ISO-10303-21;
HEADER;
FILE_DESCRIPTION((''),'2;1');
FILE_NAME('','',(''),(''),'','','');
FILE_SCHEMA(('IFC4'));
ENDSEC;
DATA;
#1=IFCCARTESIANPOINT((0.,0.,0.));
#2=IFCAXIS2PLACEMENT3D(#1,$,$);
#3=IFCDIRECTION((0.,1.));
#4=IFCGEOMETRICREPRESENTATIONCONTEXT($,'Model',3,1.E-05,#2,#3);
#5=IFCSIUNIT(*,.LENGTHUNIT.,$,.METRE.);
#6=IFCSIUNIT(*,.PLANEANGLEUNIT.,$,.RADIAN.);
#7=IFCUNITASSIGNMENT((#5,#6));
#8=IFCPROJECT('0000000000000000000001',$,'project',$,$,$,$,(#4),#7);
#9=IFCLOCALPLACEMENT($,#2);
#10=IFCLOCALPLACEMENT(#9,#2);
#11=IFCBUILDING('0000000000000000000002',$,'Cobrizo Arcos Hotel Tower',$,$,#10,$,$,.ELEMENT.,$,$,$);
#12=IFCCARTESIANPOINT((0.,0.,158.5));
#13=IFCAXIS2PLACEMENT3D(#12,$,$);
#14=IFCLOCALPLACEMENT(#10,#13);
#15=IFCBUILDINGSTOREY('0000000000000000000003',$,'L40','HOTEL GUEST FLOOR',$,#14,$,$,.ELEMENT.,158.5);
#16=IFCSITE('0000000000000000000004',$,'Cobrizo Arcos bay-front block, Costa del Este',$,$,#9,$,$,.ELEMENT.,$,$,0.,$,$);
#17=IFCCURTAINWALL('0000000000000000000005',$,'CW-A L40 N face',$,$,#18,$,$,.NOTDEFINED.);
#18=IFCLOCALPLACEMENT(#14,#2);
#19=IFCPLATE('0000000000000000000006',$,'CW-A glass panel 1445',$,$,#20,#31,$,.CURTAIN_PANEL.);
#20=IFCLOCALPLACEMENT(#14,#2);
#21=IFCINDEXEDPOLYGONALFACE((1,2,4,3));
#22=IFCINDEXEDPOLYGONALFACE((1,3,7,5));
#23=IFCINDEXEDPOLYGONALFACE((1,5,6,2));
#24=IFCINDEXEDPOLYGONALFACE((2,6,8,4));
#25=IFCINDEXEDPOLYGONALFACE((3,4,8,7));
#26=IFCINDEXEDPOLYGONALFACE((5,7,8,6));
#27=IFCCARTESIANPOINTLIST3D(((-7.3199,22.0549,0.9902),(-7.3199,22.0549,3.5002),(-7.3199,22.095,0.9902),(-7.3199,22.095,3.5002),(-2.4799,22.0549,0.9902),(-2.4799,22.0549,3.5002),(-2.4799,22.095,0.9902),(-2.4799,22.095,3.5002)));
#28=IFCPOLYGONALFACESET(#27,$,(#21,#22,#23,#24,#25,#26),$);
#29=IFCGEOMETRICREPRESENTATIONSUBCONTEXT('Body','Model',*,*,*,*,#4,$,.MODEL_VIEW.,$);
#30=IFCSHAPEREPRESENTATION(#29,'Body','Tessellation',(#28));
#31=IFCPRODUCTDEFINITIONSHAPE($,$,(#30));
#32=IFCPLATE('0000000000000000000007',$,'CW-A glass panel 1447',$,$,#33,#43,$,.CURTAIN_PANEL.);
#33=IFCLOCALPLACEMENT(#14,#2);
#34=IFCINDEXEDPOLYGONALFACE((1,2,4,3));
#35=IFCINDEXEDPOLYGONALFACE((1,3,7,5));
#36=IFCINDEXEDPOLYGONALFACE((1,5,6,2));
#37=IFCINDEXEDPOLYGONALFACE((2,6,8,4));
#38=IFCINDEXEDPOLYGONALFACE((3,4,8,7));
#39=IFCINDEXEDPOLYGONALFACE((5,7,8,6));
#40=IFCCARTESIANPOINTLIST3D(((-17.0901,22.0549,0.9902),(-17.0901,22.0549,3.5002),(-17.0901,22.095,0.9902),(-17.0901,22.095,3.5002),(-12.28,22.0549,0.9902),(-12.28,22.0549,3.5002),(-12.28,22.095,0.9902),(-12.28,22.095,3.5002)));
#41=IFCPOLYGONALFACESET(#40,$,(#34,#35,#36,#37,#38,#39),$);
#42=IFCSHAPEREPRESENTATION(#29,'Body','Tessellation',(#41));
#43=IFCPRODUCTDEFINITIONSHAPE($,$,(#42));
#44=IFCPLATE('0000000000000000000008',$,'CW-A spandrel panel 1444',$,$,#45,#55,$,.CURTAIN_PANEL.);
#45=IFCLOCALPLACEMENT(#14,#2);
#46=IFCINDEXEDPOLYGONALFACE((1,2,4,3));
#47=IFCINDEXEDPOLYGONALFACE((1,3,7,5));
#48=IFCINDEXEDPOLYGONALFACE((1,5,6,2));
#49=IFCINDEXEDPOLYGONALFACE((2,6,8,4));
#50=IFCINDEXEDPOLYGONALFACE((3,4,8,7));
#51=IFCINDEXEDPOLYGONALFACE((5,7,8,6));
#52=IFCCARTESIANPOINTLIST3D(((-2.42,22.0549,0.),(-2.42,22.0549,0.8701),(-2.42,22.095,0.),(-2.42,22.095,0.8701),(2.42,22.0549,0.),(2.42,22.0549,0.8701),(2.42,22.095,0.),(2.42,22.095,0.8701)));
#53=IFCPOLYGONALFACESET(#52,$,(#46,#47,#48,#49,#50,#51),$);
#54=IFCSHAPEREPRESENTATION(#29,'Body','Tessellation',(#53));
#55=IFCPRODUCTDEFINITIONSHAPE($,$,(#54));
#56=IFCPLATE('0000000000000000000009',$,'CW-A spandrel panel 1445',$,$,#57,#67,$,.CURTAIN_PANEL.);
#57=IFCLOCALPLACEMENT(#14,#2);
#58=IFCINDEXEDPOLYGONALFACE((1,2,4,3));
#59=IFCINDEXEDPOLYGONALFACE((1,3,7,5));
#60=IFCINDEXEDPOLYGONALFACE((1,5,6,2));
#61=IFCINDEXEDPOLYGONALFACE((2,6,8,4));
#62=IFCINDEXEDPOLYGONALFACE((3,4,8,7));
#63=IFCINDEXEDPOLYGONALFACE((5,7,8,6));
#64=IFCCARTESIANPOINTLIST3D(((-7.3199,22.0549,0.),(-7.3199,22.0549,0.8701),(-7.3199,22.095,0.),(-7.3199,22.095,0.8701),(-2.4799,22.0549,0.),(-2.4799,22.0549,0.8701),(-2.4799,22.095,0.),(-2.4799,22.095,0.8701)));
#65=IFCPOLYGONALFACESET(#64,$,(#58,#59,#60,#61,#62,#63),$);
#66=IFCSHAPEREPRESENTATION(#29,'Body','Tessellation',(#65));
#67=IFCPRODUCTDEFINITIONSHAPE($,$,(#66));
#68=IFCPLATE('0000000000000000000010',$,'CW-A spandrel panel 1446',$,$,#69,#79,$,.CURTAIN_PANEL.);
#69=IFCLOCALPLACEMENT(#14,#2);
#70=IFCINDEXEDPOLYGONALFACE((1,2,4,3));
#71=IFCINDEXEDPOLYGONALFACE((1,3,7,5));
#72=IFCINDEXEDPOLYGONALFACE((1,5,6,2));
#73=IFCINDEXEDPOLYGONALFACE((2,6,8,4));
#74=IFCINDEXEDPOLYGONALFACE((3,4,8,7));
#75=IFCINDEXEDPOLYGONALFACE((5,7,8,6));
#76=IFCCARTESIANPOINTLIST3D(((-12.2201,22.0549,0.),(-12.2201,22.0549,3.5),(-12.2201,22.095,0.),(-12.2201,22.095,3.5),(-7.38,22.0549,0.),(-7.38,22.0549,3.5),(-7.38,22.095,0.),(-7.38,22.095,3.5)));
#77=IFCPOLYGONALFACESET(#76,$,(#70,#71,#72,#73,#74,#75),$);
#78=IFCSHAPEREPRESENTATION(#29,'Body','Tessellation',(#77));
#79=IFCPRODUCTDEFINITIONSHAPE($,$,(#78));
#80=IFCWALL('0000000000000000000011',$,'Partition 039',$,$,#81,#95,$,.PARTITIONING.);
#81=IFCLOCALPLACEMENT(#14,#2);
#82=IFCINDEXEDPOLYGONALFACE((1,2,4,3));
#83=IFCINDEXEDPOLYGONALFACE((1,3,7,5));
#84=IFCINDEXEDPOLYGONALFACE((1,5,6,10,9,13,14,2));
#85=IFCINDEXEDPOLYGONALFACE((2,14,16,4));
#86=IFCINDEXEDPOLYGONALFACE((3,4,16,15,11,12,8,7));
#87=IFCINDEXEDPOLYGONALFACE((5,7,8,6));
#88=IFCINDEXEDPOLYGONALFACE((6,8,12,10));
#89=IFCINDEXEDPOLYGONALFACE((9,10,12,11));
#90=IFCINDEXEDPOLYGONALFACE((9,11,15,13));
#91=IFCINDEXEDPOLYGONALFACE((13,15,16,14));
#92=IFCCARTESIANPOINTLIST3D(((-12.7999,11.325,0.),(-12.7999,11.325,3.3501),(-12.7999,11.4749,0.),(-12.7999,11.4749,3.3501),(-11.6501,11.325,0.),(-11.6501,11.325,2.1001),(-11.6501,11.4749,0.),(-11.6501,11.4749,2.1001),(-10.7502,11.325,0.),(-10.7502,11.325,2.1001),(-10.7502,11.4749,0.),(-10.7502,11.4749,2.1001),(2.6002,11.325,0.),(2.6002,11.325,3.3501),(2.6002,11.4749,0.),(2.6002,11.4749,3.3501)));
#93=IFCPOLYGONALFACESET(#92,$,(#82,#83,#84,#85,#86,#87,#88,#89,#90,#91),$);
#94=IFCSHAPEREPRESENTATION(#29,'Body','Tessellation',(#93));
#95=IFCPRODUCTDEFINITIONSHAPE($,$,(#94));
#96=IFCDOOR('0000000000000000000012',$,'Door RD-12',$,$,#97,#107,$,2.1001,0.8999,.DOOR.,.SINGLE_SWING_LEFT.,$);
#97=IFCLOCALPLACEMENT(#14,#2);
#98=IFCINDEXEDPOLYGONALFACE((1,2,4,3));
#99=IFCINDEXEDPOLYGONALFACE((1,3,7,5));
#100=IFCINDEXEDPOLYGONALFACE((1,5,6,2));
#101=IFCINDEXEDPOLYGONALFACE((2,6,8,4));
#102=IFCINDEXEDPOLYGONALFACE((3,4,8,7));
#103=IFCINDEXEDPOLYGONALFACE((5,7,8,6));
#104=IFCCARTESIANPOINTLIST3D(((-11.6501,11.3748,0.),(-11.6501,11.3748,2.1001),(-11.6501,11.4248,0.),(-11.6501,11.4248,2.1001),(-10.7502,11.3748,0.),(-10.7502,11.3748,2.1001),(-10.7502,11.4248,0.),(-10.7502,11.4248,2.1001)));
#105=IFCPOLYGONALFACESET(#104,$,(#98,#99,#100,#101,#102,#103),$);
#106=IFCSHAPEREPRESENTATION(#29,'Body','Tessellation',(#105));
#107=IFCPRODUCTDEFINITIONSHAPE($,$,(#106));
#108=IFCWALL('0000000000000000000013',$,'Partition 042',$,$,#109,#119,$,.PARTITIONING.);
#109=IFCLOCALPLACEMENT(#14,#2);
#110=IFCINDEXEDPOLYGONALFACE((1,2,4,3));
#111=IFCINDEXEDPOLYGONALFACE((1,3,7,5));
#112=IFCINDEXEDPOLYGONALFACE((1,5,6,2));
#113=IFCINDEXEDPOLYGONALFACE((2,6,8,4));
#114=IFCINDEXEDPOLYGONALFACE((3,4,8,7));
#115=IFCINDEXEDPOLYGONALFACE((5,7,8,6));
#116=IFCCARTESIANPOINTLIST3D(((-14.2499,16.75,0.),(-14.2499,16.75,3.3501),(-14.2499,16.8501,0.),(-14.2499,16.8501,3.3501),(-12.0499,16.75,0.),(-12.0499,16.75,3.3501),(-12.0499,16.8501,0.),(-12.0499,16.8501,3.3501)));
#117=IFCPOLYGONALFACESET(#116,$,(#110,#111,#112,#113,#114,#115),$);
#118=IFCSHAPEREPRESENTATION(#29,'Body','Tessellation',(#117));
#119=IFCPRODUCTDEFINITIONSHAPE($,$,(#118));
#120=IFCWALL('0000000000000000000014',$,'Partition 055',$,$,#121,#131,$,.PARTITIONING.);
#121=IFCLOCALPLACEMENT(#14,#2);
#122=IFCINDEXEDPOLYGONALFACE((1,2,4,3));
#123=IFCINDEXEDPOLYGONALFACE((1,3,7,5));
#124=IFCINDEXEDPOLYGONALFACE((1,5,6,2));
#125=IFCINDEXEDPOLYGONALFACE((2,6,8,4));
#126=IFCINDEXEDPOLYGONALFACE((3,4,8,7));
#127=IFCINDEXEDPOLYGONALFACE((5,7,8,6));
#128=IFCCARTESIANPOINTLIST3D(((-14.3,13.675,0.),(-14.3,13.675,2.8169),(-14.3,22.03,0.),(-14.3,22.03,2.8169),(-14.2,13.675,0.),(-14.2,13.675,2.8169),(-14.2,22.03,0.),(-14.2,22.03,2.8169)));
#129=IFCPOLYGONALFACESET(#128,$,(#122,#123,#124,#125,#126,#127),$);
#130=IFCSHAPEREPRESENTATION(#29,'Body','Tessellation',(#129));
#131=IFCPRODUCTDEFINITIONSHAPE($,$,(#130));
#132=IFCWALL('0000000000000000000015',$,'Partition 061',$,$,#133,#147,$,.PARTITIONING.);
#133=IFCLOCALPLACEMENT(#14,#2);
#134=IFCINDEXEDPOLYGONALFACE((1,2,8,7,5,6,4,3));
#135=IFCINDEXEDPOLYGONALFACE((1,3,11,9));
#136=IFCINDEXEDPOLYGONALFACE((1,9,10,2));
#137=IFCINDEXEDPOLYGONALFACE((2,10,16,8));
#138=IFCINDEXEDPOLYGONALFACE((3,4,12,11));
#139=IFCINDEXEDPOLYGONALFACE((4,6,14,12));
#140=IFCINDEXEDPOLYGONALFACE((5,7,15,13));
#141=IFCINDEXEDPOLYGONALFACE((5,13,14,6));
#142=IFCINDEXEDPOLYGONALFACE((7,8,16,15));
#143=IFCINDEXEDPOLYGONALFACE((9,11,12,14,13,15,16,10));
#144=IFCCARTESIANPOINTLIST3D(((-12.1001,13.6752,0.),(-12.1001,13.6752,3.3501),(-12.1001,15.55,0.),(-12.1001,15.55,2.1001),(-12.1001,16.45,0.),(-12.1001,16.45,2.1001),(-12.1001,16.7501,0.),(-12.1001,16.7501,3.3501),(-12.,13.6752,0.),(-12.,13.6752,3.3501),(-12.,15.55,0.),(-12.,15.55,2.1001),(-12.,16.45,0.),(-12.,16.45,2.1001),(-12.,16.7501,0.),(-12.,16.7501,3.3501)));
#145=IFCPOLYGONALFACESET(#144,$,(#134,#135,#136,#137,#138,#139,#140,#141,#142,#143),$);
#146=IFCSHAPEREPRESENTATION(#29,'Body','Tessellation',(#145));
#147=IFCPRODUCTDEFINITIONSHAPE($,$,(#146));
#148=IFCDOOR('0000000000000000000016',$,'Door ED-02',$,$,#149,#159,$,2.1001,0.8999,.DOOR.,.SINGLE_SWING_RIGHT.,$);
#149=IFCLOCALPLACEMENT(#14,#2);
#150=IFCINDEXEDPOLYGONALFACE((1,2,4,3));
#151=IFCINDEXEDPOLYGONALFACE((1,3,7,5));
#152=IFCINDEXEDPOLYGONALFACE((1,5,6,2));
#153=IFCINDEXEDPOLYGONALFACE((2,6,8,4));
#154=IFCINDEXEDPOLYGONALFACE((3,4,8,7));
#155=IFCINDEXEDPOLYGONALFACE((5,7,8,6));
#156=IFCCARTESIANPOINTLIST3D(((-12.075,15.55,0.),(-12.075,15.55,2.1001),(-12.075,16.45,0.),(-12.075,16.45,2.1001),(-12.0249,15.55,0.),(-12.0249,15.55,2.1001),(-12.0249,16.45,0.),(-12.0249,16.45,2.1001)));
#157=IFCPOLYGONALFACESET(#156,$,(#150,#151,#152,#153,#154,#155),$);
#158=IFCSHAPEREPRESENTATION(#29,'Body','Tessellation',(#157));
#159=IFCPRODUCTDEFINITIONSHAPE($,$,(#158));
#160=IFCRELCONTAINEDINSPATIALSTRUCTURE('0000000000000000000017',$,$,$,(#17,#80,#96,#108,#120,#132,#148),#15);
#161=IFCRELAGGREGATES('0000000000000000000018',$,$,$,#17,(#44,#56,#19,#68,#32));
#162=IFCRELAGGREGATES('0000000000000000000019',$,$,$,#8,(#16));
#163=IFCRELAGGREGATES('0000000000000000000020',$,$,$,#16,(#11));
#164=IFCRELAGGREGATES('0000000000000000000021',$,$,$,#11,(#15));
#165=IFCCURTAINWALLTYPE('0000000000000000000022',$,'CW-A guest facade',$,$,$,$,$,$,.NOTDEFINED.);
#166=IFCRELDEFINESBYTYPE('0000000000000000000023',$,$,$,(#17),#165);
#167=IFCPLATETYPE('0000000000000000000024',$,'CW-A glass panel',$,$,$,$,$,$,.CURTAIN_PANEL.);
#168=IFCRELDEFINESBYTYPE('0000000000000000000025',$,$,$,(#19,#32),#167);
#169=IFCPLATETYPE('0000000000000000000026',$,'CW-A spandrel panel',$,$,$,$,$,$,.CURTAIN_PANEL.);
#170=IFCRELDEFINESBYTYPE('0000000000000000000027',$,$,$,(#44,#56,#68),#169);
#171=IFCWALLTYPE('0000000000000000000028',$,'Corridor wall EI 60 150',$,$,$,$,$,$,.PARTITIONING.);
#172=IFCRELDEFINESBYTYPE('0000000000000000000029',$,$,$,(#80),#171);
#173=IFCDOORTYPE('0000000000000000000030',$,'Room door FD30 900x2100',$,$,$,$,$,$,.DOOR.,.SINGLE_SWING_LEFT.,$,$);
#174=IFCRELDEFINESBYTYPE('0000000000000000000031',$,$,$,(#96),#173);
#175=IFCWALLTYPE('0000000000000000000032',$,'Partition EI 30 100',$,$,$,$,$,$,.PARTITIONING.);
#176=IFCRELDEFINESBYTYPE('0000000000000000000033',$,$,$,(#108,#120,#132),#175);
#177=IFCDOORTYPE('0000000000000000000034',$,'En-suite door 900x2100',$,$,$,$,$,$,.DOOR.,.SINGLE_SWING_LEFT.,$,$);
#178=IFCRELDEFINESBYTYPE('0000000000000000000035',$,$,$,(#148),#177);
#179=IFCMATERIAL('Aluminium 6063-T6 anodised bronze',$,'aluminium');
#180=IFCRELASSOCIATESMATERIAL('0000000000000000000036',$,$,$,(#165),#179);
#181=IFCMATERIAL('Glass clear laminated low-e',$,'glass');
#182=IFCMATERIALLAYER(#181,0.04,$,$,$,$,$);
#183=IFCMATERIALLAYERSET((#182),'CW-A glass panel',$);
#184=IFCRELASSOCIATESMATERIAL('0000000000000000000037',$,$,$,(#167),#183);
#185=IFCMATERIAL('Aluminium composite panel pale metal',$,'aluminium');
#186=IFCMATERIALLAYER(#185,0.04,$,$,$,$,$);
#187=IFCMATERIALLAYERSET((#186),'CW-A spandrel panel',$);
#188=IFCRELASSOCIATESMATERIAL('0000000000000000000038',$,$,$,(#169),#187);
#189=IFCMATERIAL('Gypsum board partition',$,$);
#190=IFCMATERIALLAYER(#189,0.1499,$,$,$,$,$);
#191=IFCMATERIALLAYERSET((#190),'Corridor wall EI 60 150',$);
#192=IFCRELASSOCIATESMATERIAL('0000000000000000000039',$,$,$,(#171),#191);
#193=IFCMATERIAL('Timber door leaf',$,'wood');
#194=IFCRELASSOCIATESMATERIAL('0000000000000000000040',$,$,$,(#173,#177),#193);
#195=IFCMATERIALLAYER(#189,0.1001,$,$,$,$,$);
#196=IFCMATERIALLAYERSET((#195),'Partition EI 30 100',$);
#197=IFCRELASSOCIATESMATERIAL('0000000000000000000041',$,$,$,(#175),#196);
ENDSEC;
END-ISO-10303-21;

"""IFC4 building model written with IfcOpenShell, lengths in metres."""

from ifc_helpers import new_model, si_unit, direction, frame, frame_2d, origin, origin_2d, place, context, subcontext, project, spatial, rectangle, extrude, material, layer, layer_set, type_object, element, fill, aggregate, save


model = new_model("IFC4")

# Units and contexts
model_context = context("Model", 3, precision=1e-05, world=origin(), true_north=direction((0.0, 1.0)))
body_context = subcontext(model_context, "Body", "Model", "MODEL_VIEW")
ifc_project = project(units=[si_unit("LENGTHUNIT", "METRE"), si_unit("PLANEANGLEUNIT", "RADIAN")], contexts=[model_context])

# Site, building, storey
site_placement = place(None, origin())
site = spatial("IfcSite", under=ifc_project, at=site_placement, Name="Cobrizo Arcos bay-front block, Costa del Este", CompositionType="ELEMENT", RefElevation=0.0)
building_placement = place(site_placement, origin())
building = spatial("IfcBuilding", under=site, at=building_placement, Name="Cobrizo Arcos Hotel Tower", CompositionType="ELEMENT")
storey_placement = place(building_placement, frame((0.0, 0.0, 158.5)))
storey = spatial("IfcBuildingStorey", under=building, at=storey_placement, Name="L40", Description="HOTEL GUEST FLOOR", CompositionType="ELEMENT", Elevation=158.5)

# Curtain wall
ifc_material_1 = material(Name="Aluminium 6063-T6 anodised bronze", Category="aluminium")
curtain_wall_type = type_object("IfcCurtainWallType", Name="CW-A guest facade", PredefinedType="NOTDEFINED", material=ifc_material_1)
curtain_wall_placement = place(storey_placement, origin())
curtain_wall = element("IfcCurtainWall", 1, at=curtain_wall_placement, inside=storey, type_object=curtain_wall_type, Name="CW-A L40 N face", PredefinedType="NOTDEFINED")

# Plates
ifc_material_2 = material(Name="Glass clear laminated low-e", Category="glass")
ifc_layer_1 = layer(ifc_material_2, 0.04)
ifc_layer_set_1 = layer_set([ifc_layer_1], Name="CW-A glass panel")
plate_type_1 = type_object("IfcPlateType", Name="CW-A glass panel", PredefinedType="CURTAIN_PANEL", material=ifc_layer_set_1)
plate_1_placement = place(storey_placement, frame((-4.8999, 22.075, 0.9902), z_axis=(0.0, 0.0, 1.0), x_axis=(-1.0, 0.0, 0.0)))
plate_1 = element("IfcPlate", 2, at=plate_1_placement, type_object=plate_type_1, Name="CW-A glass panel 1445", PredefinedType="CURTAIN_PANEL", context=body_context, shape_type="SweptSolid", body=[
    extrude(rectangle(XDim=4.8401, YDim=0.04, at=origin_2d()), origin(), (0.0, 0.0, 1.0), 2.51),
])
plate_2_placement = place(storey_placement, frame((-14.6851, 22.075, 0.9902), z_axis=(0.0, 0.0, 1.0), x_axis=(-1.0, 0.0, 0.0)))
plate_2 = element("IfcPlate", 3, at=plate_2_placement, type_object=plate_type_1, Name="CW-A glass panel 1447", PredefinedType="CURTAIN_PANEL", context=body_context, shape_type="SweptSolid", body=[
    extrude(rectangle(XDim=4.8101, YDim=0.04, at=origin_2d()), origin(), (0.0, 0.0, 1.0), 2.51),
])
ifc_material_3 = material(Name="Aluminium composite panel pale metal", Category="aluminium")
ifc_layer_2 = layer(ifc_material_3, 0.04)
ifc_layer_set_2 = layer_set([ifc_layer_2], Name="CW-A spandrel panel")
plate_type_2 = type_object("IfcPlateType", Name="CW-A spandrel panel", PredefinedType="CURTAIN_PANEL", material=ifc_layer_set_2)
plate_3_placement = place(storey_placement, frame((0.0, 22.075, 0.0), z_axis=(0.0, 0.0, 1.0), x_axis=(-1.0, 0.0, 0.0)))
plate_3 = element("IfcPlate", 4, at=plate_3_placement, type_object=plate_type_2, Name="CW-A spandrel panel 1444", PredefinedType="CURTAIN_PANEL", context=body_context, shape_type="SweptSolid", body=[
    extrude(rectangle(XDim=4.8401, YDim=0.04, at=origin_2d()), origin(), (0.0, 0.0, 1.0), 0.8701),
])
plate_4_placement = place(storey_placement, frame((-4.8999, 22.075, 0.0), z_axis=(0.0, 0.0, 1.0), x_axis=(-1.0, 0.0, 0.0)))
plate_4 = element("IfcPlate", 5, at=plate_4_placement, type_object=plate_type_2, Name="CW-A spandrel panel 1445", PredefinedType="CURTAIN_PANEL", context=body_context, shape_type="SweptSolid", body=[
    extrude(rectangle(XDim=4.8401, YDim=0.04, at=origin_2d()), origin(), (0.0, 0.0, 1.0), 0.8701),
])
plate_5_placement = place(storey_placement, frame((-9.8, 22.075, 0.0), z_axis=(0.0, 0.0, 1.0), x_axis=(-1.0, 0.0, 0.0)))
plate_5 = element("IfcPlate", 6, at=plate_5_placement, type_object=plate_type_2, Name="CW-A spandrel panel 1446", PredefinedType="CURTAIN_PANEL", context=body_context, shape_type="SweptSolid", body=[
    extrude(rectangle(XDim=4.8401, YDim=0.04, at=origin_2d()), origin(), (0.0, 0.0, 1.0), 3.5),
])
aggregate(curtain_wall, [plate_3, plate_4, plate_1, plate_5, plate_2])

# Wall, opening, door
ifc_material_4 = material(Name="Gypsum board partition")
ifc_layer_3 = layer(ifc_material_4, 0.1499)
ifc_layer_set_3 = layer_set([ifc_layer_3], Name="Corridor wall EI 60 150")
wall_type_1 = type_object("IfcWallType", Name="Corridor wall EI 60 150", PredefinedType="PARTITIONING", material=ifc_layer_set_3)
wall_1_placement = place(storey_placement, frame((-12.8, 11.3999, 0.0), z_axis=(0.0, 0.0, 1.0), x_axis=(1.0, 0.0, 0.0)))
wall_1 = element("IfcWall", 7, at=wall_1_placement, inside=storey, type_object=wall_type_1, Name="Partition 039", PredefinedType="PARTITIONING", context=body_context, shape_type="SweptSolid", body=[
    extrude(rectangle(XDim=15.4001, YDim=0.1499, at=frame_2d((7.7002, 0.0))), origin(), (0.0, 0.0, 1.0), 3.3501),
])
opening_1_placement = place(wall_1_placement, frame((1.1499, 0.0, 0.0)))
opening_1 = element("IfcOpeningElement", 8, at=opening_1_placement, cuts=wall_1, PredefinedType="OPENING", context=body_context, shape_type="SweptSolid", body=[
    extrude(rectangle(XDim=0.8999, YDim=2.1001, at=frame_2d((0.45, 1.05))), frame((0.0, 0.0869, 0.0), z_axis=(0.0, -1.0, 0.0), x_axis=(1.0, 0.0, 0.0)), (0.0, 0.0, 1.0), 0.1738),
])
ifc_material_5 = material(Name="Timber door leaf", Category="wood")
door_type_1 = type_object("IfcDoorType", Name="Room door FD30 900x2100", OperationType="SINGLE_SWING_LEFT", PredefinedType="DOOR", material=ifc_material_5)
door_1_placement = place(opening_1_placement, origin())
door_1 = element("IfcDoor", 9, at=door_1_placement, inside=storey, type_object=door_type_1, Name="Door RD-12", OperationType="SINGLE_SWING_LEFT", OverallHeight=2.1001, OverallWidth=0.8999, PredefinedType="DOOR", context=body_context, shape_type="SweptSolid", body=[
    extrude(rectangle(XDim=0.8999, YDim=2.1001, at=frame_2d((0.45, 1.05))), frame((0.0, 0.0249, 0.0), z_axis=(0.0, -1.0, 0.0), x_axis=(1.0, 0.0, 0.0)), (0.0, 0.0, 1.0), 0.05),
])
fill(opening_1, door_1)

# Walls
ifc_layer_4 = layer(ifc_material_4, 0.1001)
ifc_layer_set_4 = layer_set([ifc_layer_4], Name="Partition EI 30 100")
wall_type_2 = type_object("IfcWallType", Name="Partition EI 30 100", PredefinedType="PARTITIONING", material=ifc_layer_set_4)
wall_2_placement = place(storey_placement, frame((-14.25, 16.8, 0.0), z_axis=(0.0, 0.0, 1.0), x_axis=(1.0, 0.0, 0.0)))
element("IfcWall", 10, at=wall_2_placement, inside=storey, type_object=wall_type_2, Name="Partition 042", PredefinedType="PARTITIONING", context=body_context, shape_type="SweptSolid", body=[
    extrude(rectangle(XDim=2.2, YDim=0.1001, at=frame_2d((1.1001, 0.0))), origin(), (0.0, 0.0, 1.0), 3.3501),
])
wall_3_placement = place(storey_placement, frame((-14.25, 13.675, 0.0), z_axis=(0.0, 0.0, 1.0), x_axis=(0.0, 1.0, 0.0)))
element("IfcWall", 11, at=wall_3_placement, inside=storey, type_object=wall_type_2, Name="Partition 055", PredefinedType="PARTITIONING", context=body_context, shape_type="SweptSolid", body=[
    extrude(rectangle(XDim=8.355, YDim=0.1001, at=frame_2d((4.1775, 0.0))), origin(), (0.0, 0.0, 1.0), 2.8169),
])

# Wall, opening, door
wall_4_placement = place(storey_placement, frame((-12.05, 13.675, 0.0), z_axis=(0.0, 0.0, 1.0), x_axis=(0.0, 1.0, 0.0)))
wall_4 = element("IfcWall", 12, at=wall_4_placement, inside=storey, type_object=wall_type_2, Name="Partition 061", PredefinedType="PARTITIONING", context=body_context, shape_type="SweptSolid", body=[
    extrude(rectangle(XDim=3.075, YDim=0.1001, at=frame_2d((1.5376, 0.0))), origin(), (0.0, 0.0, 1.0), 3.3501),
])
opening_2_placement = place(wall_4_placement, frame((1.875, 0.0, 0.0)))
opening_2 = element("IfcOpeningElement", 13, at=opening_2_placement, cuts=wall_4, PredefinedType="OPENING", context=body_context, shape_type="SweptSolid", body=[
    extrude(rectangle(XDim=0.8999, YDim=2.1001, at=frame_2d((0.45, 1.05))), frame((0.0, 0.062, 0.0), z_axis=(0.0, -1.0, 0.0), x_axis=(1.0, 0.0, 0.0)), (0.0, 0.0, 1.0), 0.124),
])
door_type_2 = type_object("IfcDoorType", Name="En-suite door 900x2100", OperationType="SINGLE_SWING_LEFT", PredefinedType="DOOR", material=ifc_material_5)
door_2_placement = place(opening_2_placement, origin())
door_2 = element("IfcDoor", 14, at=door_2_placement, inside=storey, type_object=door_type_2, Name="Door ED-02", OperationType="SINGLE_SWING_RIGHT", OverallHeight=2.1001, OverallWidth=0.8999, PredefinedType="DOOR", context=body_context, shape_type="SweptSolid", body=[
    extrude(rectangle(XDim=0.8999, YDim=2.1001, at=frame_2d((0.45, 1.05))), frame((0.0, 0.0249, 0.0), z_axis=(0.0, -1.0, 0.0), x_axis=(1.0, 0.0, 0.0)), (0.0, 0.0, 1.0), 0.05),
])
fill(opening_2, door_2)

save(model, "model.ifc")
